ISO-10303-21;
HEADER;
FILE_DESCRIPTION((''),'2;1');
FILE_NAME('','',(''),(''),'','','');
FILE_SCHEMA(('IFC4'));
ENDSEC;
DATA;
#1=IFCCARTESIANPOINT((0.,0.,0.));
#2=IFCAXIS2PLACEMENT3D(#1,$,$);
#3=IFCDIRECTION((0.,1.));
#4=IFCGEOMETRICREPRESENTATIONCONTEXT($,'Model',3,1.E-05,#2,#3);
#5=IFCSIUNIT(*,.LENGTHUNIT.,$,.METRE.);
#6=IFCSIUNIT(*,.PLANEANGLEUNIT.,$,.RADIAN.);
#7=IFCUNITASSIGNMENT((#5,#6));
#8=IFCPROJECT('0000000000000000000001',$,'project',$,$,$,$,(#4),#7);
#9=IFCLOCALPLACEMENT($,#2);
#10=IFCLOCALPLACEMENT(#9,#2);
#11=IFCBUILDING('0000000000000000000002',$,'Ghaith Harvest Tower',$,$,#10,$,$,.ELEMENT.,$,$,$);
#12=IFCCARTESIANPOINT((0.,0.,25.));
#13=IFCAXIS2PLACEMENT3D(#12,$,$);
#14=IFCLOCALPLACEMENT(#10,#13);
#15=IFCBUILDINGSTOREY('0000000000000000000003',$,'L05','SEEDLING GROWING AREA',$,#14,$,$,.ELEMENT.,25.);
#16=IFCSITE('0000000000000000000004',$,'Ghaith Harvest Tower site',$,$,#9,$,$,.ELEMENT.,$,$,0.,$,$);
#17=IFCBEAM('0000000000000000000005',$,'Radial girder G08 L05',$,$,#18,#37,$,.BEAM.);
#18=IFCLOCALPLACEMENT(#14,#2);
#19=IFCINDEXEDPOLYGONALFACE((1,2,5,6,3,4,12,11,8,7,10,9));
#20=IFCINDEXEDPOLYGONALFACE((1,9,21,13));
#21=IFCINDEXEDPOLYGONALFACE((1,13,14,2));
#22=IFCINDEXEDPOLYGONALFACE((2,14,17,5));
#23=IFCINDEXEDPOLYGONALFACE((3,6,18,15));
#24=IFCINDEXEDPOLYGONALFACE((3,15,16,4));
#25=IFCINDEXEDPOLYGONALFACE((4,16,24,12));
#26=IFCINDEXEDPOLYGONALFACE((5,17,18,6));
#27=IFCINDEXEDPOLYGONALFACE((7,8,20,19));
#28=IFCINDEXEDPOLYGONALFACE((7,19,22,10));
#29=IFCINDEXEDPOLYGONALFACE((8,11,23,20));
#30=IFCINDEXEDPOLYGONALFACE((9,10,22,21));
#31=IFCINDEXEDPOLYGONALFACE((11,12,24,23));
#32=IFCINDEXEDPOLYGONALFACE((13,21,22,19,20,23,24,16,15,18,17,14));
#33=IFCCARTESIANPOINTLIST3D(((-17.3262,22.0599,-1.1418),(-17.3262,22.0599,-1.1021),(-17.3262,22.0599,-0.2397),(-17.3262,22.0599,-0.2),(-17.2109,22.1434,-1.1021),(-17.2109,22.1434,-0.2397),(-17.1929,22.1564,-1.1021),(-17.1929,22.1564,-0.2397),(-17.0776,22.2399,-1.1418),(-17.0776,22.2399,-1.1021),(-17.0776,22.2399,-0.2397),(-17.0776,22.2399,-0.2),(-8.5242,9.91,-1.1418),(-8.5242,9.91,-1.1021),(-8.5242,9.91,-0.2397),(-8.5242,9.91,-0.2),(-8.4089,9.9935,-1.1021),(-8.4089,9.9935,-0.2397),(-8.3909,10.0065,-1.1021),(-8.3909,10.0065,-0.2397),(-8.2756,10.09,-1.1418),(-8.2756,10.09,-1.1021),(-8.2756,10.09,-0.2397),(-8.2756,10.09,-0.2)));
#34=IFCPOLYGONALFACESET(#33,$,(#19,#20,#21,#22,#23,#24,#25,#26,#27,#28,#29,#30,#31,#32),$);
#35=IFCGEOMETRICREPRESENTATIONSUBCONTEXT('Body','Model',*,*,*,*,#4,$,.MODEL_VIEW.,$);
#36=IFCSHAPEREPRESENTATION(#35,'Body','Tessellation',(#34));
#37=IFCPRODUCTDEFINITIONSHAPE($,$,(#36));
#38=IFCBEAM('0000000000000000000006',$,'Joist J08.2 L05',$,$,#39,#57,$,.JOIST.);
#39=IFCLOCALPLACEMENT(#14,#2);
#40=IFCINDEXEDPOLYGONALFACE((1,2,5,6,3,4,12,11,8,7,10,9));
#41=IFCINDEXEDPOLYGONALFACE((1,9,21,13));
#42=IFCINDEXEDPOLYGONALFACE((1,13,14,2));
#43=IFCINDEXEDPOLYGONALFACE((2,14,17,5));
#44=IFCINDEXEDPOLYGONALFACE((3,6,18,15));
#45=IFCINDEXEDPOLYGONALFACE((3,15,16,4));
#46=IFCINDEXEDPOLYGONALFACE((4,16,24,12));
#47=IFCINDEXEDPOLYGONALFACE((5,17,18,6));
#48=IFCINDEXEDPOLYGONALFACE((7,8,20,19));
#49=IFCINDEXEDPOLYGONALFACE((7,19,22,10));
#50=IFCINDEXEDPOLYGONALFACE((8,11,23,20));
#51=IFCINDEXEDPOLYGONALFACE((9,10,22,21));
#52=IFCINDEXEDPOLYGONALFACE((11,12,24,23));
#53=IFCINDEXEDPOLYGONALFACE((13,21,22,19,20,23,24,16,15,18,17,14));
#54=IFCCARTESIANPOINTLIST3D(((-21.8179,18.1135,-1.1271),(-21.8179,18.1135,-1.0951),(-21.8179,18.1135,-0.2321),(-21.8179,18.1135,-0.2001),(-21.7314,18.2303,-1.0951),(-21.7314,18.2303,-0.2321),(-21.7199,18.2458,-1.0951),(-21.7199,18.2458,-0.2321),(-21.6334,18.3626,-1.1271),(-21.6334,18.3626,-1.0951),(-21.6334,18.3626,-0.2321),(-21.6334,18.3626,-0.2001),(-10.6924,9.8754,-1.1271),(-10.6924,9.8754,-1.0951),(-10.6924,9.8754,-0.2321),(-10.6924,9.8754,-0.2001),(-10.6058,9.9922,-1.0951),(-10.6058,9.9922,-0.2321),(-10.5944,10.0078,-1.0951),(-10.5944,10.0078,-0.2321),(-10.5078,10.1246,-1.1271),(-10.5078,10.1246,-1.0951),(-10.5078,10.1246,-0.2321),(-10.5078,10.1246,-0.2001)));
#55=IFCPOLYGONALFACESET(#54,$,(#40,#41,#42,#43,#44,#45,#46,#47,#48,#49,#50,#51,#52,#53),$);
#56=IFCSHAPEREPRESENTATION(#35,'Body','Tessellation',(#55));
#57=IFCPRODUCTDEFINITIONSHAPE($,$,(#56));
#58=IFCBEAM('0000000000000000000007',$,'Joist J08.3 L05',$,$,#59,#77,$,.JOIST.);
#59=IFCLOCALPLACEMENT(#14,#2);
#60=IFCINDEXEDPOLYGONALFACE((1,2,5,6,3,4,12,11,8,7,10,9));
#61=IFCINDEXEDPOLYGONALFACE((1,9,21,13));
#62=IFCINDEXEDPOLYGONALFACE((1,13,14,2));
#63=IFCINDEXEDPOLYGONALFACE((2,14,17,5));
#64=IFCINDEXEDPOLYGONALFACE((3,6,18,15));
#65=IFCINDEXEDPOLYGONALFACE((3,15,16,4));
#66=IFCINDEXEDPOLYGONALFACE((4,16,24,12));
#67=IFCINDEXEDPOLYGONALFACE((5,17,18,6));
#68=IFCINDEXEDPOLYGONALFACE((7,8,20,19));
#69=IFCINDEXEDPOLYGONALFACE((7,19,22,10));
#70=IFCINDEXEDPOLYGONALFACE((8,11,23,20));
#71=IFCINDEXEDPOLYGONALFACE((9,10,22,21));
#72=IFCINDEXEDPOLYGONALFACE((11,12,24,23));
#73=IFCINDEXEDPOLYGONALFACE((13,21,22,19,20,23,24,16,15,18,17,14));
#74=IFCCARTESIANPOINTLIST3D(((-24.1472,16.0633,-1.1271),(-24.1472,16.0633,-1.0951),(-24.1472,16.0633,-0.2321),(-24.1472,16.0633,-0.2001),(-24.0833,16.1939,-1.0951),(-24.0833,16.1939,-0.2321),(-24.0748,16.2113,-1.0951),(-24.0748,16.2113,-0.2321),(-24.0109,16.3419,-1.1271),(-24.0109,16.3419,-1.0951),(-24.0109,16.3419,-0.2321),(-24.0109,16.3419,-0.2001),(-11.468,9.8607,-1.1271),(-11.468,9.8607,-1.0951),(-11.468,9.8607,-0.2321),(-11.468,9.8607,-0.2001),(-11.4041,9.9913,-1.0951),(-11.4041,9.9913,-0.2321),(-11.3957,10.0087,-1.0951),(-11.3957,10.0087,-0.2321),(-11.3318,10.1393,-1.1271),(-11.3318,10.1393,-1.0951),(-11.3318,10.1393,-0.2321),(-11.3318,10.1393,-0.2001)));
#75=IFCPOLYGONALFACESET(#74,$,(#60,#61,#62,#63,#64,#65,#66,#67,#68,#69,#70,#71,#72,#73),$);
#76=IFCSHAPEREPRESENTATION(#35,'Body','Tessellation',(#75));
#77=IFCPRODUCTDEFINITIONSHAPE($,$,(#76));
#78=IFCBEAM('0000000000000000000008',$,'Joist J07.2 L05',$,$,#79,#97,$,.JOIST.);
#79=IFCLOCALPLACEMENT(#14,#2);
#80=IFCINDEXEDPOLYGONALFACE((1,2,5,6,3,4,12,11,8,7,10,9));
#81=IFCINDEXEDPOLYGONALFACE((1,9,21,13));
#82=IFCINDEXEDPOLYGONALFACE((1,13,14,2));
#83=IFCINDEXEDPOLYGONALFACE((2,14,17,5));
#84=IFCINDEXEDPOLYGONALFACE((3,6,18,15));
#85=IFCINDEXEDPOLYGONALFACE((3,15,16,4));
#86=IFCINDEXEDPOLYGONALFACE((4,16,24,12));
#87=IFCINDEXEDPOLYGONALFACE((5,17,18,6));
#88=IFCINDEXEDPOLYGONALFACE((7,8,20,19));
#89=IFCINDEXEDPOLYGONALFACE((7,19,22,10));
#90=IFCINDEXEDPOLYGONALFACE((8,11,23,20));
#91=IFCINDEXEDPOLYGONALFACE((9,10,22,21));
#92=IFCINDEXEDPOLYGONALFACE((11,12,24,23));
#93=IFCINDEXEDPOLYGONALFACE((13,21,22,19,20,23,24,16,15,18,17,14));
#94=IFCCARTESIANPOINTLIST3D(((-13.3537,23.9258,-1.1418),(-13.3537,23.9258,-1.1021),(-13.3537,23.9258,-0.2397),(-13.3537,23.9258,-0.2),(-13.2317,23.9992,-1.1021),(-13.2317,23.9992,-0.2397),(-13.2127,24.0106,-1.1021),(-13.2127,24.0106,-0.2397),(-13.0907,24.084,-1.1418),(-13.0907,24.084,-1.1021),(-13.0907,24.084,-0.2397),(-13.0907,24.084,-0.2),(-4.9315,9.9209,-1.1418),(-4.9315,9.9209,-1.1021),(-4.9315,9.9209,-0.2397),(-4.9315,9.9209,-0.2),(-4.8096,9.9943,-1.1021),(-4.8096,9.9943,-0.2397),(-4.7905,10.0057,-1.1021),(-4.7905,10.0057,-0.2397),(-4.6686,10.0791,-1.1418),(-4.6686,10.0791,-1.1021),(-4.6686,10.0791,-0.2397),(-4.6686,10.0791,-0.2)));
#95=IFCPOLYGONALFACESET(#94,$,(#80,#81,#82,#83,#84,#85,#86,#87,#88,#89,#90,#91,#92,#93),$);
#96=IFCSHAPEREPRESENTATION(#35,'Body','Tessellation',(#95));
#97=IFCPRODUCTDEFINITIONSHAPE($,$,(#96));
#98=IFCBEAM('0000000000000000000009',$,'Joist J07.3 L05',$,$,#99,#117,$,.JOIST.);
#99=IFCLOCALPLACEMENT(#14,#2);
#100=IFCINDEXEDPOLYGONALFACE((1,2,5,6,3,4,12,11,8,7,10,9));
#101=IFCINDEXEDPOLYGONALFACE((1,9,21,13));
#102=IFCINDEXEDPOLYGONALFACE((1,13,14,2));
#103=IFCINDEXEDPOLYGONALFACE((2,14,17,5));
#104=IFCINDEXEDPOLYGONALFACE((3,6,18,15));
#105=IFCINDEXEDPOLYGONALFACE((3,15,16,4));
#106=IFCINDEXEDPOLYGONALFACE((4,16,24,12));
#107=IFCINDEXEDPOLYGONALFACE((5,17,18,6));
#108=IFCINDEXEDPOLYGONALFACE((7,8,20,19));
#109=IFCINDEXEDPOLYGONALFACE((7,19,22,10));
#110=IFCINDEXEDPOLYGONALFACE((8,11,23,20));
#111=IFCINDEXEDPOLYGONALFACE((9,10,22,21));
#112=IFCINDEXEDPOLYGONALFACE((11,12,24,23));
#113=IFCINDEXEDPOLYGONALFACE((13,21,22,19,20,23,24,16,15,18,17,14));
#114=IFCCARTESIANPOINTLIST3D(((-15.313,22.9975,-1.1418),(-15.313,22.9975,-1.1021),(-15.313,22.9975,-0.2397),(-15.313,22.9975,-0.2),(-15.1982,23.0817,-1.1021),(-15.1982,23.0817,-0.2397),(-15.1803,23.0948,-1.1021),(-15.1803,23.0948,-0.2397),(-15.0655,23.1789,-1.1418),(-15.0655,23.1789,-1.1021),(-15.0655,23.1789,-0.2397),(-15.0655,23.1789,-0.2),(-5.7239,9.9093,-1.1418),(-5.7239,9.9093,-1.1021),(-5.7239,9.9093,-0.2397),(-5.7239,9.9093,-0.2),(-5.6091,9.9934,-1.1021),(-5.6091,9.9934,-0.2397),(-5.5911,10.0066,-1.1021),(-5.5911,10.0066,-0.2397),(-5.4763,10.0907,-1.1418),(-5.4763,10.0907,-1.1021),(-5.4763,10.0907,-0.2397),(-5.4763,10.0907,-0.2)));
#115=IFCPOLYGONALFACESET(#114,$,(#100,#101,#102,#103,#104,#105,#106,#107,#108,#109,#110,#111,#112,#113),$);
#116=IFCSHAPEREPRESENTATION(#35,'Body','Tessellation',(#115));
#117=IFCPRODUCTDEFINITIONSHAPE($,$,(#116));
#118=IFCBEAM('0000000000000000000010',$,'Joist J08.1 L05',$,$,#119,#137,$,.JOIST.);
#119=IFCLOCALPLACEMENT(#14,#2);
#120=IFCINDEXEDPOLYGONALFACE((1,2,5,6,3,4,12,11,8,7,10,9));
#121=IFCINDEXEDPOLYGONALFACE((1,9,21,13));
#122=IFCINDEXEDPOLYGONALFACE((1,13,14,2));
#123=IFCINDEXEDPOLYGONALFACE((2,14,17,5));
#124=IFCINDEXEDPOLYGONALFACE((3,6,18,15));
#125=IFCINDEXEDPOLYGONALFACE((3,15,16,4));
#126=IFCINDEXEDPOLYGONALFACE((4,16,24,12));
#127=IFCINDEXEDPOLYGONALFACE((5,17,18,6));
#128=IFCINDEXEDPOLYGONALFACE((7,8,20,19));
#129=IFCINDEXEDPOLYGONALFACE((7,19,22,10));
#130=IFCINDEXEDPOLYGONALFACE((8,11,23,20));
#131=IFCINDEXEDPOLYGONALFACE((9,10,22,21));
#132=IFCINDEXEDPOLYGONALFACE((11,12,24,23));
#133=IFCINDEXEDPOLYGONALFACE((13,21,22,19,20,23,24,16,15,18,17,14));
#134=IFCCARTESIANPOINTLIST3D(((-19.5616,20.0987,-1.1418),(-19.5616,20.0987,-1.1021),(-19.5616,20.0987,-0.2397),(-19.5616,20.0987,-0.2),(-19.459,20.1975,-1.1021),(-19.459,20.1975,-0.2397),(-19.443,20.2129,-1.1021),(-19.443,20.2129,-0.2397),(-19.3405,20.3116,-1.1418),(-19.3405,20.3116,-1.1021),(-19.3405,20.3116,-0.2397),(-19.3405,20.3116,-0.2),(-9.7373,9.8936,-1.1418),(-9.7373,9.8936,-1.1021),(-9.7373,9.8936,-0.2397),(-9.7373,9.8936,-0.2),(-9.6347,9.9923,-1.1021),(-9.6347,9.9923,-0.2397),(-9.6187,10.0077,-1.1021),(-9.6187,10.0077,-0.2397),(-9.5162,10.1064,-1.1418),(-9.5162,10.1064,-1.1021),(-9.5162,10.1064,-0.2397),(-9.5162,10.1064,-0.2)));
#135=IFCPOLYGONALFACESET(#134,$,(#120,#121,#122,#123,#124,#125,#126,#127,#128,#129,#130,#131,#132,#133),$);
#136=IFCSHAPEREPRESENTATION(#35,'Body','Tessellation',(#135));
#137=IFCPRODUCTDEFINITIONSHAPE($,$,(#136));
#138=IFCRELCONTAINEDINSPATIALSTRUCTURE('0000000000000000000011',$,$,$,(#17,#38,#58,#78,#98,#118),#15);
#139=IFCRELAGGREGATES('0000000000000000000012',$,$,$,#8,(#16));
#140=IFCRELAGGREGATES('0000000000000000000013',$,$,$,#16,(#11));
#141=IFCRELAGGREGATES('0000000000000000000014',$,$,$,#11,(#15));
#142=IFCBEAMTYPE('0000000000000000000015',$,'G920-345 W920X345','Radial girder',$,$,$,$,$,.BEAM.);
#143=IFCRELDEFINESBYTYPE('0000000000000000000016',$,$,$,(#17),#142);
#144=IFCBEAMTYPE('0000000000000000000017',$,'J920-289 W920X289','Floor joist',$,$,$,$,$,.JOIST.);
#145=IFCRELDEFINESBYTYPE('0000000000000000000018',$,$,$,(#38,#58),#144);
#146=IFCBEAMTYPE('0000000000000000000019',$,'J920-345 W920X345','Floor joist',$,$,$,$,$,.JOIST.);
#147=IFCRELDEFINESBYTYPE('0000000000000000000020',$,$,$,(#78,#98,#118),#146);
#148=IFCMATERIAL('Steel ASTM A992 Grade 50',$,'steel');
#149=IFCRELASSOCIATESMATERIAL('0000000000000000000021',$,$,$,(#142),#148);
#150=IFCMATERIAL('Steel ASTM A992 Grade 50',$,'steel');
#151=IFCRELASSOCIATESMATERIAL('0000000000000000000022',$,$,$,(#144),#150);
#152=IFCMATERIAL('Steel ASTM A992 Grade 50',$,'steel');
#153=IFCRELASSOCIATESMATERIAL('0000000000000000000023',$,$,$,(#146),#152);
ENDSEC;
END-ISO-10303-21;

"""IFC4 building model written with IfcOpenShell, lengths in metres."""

from ifc_helpers import new_model, si_unit, direction, frame, origin, origin_2d, place, context, subcontext, project, spatial, i_section, extrude, material, material_profile, profile_set, type_object, element, save


model = new_model("IFC4")

# Units and contexts
model_context = context("Model", 3, precision=1e-05, world=origin(), true_north=direction((0.0, 1.0)))
body_context = subcontext(model_context, "Body", "Model", "MODEL_VIEW")
ifc_project = project(units=[si_unit("LENGTHUNIT", "METRE"), si_unit("PLANEANGLEUNIT", "RADIAN")], contexts=[model_context])

# Site, building, storey
site_placement = place(None, origin())
site = spatial("IfcSite", under=ifc_project, at=site_placement, Name="Ghaith Harvest Tower site", CompositionType="ELEMENT", RefElevation=0.0)
building_placement = place(site_placement, origin())
building = spatial("IfcBuilding", under=site, at=building_placement, Name="Ghaith Harvest Tower", CompositionType="ELEMENT")
storey_placement = place(building_placement, frame((0.0, 0.0, 25.0)))
storey = spatial("IfcBuildingStorey", under=building, at=storey_placement, Name="L05", Description="SEEDLING GROWING AREA", CompositionType="ELEMENT", Elevation=25.0)

# Beams
ifc_material_1 = material(Name="Steel ASTM A992 Grade 50", Category="steel")
ifc_material_profile_1 = material_profile(ifc_material_1, i_section(OverallWidth=0.3069, OverallDepth=0.9419, WebThickness=0.0222, FlangeThickness=0.0398, at=origin_2d()), Name="W920X345")
ifc_profile_set_1 = profile_set([ifc_material_profile_1], Name="Steel ASTM A992 Grade 50")
beam_type_1 = type_object("IfcBeamType", Name="G920-345 W920X345", Description="Radial girder", PredefinedType="BEAM", material=ifc_profile_set_1)
beam_1_placement = place(storey_placement, frame((-8.3999, 10.0, -0.6709), z_axis=(-0.586676, 0.809822, 0.0), x_axis=(-0.809822, -0.586676, 0.0)))
element("IfcBeam", 1, at=beam_1_placement, inside=storey, type_object=beam_type_1, Name="Radial girder G08 L05", PredefinedType="BEAM", context=body_context, shape_type="SweptSolid", body=[
    extrude(i_section(OverallWidth=0.3069, OverallDepth=0.9419, WebThickness=0.0222, FlangeThickness=0.0398, at=origin_2d()), origin(), (0.0, 0.0, 1.0), 15.0032),
])
ifc_material_2 = material(Name="Steel ASTM A992 Grade 50", Category="steel")
ifc_material_profile_2 = material_profile(ifc_material_2, i_section(OverallWidth=0.3101, OverallDepth=0.927, WebThickness=0.0193, FlangeThickness=0.032, at=origin_2d()), Name="W920X289")
ifc_profile_set_2 = profile_set([ifc_material_profile_2], Name="Steel ASTM A992 Grade 50")
beam_type_2 = type_object("IfcBeamType", Name="J920-289 W920X289", Description="Floor joist", PredefinedType="JOIST", material=ifc_profile_set_2)
beam_2_placement = place(storey_placement, frame((-10.6001, 10.0, -0.6636), z_axis=(-0.803663, 0.595085, 0.0), x_axis=(-0.595085, -0.803663, 0.0)))
element("IfcBeam", 2, at=beam_2_placement, inside=storey, type_object=beam_type_2, Name="Joist J08.2 L05", PredefinedType="JOIST", context=body_context, shape_type="SweptSolid", body=[
    extrude(i_section(OverallWidth=0.3101, OverallDepth=0.927, WebThickness=0.0193, FlangeThickness=0.032, at=origin_2d()), origin(), (0.0, 0.0, 1.0), 13.8435),
])
beam_3_placement = place(storey_placement, frame((-11.3999, 10.0, -0.6636), z_axis=(-0.898275, 0.439434, 0.0), x_axis=(-0.439434, -0.898275, 0.0)))
element("IfcBeam", 3, at=beam_3_placement, inside=storey, type_object=beam_type_2, Name="Joist J08.3 L05", PredefinedType="JOIST", context=body_context, shape_type="SweptSolid", body=[
    extrude(i_section(OverallWidth=0.3101, OverallDepth=0.927, WebThickness=0.0193, FlangeThickness=0.032, at=origin_2d()), origin(), (0.0, 0.0, 1.0), 14.115),
])
ifc_material_3 = material(Name="Steel ASTM A992 Grade 50", Category="steel")
ifc_material_profile_3 = material_profile(ifc_material_3, i_section(OverallWidth=0.3069, OverallDepth=0.9419, WebThickness=0.0222, FlangeThickness=0.0398, at=origin_2d()), Name="W920X345")
ifc_profile_set_3 = profile_set([ifc_material_profile_3], Name="Steel ASTM A992 Grade 50")
beam_type_3 = type_object("IfcBeamType", Name="J920-345 W920X345", Description="Floor joist", PredefinedType="JOIST", material=ifc_profile_set_3)
beam_4_placement = place(storey_placement, frame((-4.8, 10.0, -0.6709), z_axis=(-0.515359, 0.856974, 0.0), x_axis=(-0.856974, -0.515359, 0.0)))
element("IfcBeam", 4, at=beam_4_placement, inside=storey, type_object=beam_type_3, Name="Joist J07.2 L05", PredefinedType="JOIST", context=body_context, shape_type="SweptSolid", body=[
    extrude(i_section(OverallWidth=0.3069, OverallDepth=0.9419, WebThickness=0.0222, FlangeThickness=0.0398, at=origin_2d()), origin(), (0.0, 0.0, 1.0), 16.3423),
])
beam_5_placement = place(storey_placement, frame((-5.6001, 10.0, -0.6709), z_axis=(-0.591009, 0.806665, 0.0), x_axis=(-0.806665, -0.591009, 0.0)))
element("IfcBeam", 5, at=beam_5_placement, inside=storey, type_object=beam_type_3, Name="Joist J07.3 L05", PredefinedType="JOIST", context=body_context, shape_type="SweptSolid", body=[
    extrude(i_section(OverallWidth=0.3069, OverallDepth=0.9419, WebThickness=0.0222, FlangeThickness=0.0398, at=origin_2d()), origin(), (0.0, 0.0, 1.0), 16.2251),
])
beam_6_placement = place(storey_placement, frame((-9.6267, 10.0, -0.6709), z_axis=(-0.693536, 0.720422, 0.0), x_axis=(-0.720422, -0.693536, 0.0)))
element("IfcBeam", 6, at=beam_6_placement, inside=storey, type_object=beam_type_3, Name="Joist J08.1 L05", PredefinedType="JOIST", context=body_context, shape_type="SweptSolid", body=[
    extrude(i_section(OverallWidth=0.3069, OverallDepth=0.9419, WebThickness=0.0222, FlangeThickness=0.0398, at=origin_2d()), origin(), (0.0, 0.0, 1.0), 14.1655),
])

save(model, "model.ifc")
